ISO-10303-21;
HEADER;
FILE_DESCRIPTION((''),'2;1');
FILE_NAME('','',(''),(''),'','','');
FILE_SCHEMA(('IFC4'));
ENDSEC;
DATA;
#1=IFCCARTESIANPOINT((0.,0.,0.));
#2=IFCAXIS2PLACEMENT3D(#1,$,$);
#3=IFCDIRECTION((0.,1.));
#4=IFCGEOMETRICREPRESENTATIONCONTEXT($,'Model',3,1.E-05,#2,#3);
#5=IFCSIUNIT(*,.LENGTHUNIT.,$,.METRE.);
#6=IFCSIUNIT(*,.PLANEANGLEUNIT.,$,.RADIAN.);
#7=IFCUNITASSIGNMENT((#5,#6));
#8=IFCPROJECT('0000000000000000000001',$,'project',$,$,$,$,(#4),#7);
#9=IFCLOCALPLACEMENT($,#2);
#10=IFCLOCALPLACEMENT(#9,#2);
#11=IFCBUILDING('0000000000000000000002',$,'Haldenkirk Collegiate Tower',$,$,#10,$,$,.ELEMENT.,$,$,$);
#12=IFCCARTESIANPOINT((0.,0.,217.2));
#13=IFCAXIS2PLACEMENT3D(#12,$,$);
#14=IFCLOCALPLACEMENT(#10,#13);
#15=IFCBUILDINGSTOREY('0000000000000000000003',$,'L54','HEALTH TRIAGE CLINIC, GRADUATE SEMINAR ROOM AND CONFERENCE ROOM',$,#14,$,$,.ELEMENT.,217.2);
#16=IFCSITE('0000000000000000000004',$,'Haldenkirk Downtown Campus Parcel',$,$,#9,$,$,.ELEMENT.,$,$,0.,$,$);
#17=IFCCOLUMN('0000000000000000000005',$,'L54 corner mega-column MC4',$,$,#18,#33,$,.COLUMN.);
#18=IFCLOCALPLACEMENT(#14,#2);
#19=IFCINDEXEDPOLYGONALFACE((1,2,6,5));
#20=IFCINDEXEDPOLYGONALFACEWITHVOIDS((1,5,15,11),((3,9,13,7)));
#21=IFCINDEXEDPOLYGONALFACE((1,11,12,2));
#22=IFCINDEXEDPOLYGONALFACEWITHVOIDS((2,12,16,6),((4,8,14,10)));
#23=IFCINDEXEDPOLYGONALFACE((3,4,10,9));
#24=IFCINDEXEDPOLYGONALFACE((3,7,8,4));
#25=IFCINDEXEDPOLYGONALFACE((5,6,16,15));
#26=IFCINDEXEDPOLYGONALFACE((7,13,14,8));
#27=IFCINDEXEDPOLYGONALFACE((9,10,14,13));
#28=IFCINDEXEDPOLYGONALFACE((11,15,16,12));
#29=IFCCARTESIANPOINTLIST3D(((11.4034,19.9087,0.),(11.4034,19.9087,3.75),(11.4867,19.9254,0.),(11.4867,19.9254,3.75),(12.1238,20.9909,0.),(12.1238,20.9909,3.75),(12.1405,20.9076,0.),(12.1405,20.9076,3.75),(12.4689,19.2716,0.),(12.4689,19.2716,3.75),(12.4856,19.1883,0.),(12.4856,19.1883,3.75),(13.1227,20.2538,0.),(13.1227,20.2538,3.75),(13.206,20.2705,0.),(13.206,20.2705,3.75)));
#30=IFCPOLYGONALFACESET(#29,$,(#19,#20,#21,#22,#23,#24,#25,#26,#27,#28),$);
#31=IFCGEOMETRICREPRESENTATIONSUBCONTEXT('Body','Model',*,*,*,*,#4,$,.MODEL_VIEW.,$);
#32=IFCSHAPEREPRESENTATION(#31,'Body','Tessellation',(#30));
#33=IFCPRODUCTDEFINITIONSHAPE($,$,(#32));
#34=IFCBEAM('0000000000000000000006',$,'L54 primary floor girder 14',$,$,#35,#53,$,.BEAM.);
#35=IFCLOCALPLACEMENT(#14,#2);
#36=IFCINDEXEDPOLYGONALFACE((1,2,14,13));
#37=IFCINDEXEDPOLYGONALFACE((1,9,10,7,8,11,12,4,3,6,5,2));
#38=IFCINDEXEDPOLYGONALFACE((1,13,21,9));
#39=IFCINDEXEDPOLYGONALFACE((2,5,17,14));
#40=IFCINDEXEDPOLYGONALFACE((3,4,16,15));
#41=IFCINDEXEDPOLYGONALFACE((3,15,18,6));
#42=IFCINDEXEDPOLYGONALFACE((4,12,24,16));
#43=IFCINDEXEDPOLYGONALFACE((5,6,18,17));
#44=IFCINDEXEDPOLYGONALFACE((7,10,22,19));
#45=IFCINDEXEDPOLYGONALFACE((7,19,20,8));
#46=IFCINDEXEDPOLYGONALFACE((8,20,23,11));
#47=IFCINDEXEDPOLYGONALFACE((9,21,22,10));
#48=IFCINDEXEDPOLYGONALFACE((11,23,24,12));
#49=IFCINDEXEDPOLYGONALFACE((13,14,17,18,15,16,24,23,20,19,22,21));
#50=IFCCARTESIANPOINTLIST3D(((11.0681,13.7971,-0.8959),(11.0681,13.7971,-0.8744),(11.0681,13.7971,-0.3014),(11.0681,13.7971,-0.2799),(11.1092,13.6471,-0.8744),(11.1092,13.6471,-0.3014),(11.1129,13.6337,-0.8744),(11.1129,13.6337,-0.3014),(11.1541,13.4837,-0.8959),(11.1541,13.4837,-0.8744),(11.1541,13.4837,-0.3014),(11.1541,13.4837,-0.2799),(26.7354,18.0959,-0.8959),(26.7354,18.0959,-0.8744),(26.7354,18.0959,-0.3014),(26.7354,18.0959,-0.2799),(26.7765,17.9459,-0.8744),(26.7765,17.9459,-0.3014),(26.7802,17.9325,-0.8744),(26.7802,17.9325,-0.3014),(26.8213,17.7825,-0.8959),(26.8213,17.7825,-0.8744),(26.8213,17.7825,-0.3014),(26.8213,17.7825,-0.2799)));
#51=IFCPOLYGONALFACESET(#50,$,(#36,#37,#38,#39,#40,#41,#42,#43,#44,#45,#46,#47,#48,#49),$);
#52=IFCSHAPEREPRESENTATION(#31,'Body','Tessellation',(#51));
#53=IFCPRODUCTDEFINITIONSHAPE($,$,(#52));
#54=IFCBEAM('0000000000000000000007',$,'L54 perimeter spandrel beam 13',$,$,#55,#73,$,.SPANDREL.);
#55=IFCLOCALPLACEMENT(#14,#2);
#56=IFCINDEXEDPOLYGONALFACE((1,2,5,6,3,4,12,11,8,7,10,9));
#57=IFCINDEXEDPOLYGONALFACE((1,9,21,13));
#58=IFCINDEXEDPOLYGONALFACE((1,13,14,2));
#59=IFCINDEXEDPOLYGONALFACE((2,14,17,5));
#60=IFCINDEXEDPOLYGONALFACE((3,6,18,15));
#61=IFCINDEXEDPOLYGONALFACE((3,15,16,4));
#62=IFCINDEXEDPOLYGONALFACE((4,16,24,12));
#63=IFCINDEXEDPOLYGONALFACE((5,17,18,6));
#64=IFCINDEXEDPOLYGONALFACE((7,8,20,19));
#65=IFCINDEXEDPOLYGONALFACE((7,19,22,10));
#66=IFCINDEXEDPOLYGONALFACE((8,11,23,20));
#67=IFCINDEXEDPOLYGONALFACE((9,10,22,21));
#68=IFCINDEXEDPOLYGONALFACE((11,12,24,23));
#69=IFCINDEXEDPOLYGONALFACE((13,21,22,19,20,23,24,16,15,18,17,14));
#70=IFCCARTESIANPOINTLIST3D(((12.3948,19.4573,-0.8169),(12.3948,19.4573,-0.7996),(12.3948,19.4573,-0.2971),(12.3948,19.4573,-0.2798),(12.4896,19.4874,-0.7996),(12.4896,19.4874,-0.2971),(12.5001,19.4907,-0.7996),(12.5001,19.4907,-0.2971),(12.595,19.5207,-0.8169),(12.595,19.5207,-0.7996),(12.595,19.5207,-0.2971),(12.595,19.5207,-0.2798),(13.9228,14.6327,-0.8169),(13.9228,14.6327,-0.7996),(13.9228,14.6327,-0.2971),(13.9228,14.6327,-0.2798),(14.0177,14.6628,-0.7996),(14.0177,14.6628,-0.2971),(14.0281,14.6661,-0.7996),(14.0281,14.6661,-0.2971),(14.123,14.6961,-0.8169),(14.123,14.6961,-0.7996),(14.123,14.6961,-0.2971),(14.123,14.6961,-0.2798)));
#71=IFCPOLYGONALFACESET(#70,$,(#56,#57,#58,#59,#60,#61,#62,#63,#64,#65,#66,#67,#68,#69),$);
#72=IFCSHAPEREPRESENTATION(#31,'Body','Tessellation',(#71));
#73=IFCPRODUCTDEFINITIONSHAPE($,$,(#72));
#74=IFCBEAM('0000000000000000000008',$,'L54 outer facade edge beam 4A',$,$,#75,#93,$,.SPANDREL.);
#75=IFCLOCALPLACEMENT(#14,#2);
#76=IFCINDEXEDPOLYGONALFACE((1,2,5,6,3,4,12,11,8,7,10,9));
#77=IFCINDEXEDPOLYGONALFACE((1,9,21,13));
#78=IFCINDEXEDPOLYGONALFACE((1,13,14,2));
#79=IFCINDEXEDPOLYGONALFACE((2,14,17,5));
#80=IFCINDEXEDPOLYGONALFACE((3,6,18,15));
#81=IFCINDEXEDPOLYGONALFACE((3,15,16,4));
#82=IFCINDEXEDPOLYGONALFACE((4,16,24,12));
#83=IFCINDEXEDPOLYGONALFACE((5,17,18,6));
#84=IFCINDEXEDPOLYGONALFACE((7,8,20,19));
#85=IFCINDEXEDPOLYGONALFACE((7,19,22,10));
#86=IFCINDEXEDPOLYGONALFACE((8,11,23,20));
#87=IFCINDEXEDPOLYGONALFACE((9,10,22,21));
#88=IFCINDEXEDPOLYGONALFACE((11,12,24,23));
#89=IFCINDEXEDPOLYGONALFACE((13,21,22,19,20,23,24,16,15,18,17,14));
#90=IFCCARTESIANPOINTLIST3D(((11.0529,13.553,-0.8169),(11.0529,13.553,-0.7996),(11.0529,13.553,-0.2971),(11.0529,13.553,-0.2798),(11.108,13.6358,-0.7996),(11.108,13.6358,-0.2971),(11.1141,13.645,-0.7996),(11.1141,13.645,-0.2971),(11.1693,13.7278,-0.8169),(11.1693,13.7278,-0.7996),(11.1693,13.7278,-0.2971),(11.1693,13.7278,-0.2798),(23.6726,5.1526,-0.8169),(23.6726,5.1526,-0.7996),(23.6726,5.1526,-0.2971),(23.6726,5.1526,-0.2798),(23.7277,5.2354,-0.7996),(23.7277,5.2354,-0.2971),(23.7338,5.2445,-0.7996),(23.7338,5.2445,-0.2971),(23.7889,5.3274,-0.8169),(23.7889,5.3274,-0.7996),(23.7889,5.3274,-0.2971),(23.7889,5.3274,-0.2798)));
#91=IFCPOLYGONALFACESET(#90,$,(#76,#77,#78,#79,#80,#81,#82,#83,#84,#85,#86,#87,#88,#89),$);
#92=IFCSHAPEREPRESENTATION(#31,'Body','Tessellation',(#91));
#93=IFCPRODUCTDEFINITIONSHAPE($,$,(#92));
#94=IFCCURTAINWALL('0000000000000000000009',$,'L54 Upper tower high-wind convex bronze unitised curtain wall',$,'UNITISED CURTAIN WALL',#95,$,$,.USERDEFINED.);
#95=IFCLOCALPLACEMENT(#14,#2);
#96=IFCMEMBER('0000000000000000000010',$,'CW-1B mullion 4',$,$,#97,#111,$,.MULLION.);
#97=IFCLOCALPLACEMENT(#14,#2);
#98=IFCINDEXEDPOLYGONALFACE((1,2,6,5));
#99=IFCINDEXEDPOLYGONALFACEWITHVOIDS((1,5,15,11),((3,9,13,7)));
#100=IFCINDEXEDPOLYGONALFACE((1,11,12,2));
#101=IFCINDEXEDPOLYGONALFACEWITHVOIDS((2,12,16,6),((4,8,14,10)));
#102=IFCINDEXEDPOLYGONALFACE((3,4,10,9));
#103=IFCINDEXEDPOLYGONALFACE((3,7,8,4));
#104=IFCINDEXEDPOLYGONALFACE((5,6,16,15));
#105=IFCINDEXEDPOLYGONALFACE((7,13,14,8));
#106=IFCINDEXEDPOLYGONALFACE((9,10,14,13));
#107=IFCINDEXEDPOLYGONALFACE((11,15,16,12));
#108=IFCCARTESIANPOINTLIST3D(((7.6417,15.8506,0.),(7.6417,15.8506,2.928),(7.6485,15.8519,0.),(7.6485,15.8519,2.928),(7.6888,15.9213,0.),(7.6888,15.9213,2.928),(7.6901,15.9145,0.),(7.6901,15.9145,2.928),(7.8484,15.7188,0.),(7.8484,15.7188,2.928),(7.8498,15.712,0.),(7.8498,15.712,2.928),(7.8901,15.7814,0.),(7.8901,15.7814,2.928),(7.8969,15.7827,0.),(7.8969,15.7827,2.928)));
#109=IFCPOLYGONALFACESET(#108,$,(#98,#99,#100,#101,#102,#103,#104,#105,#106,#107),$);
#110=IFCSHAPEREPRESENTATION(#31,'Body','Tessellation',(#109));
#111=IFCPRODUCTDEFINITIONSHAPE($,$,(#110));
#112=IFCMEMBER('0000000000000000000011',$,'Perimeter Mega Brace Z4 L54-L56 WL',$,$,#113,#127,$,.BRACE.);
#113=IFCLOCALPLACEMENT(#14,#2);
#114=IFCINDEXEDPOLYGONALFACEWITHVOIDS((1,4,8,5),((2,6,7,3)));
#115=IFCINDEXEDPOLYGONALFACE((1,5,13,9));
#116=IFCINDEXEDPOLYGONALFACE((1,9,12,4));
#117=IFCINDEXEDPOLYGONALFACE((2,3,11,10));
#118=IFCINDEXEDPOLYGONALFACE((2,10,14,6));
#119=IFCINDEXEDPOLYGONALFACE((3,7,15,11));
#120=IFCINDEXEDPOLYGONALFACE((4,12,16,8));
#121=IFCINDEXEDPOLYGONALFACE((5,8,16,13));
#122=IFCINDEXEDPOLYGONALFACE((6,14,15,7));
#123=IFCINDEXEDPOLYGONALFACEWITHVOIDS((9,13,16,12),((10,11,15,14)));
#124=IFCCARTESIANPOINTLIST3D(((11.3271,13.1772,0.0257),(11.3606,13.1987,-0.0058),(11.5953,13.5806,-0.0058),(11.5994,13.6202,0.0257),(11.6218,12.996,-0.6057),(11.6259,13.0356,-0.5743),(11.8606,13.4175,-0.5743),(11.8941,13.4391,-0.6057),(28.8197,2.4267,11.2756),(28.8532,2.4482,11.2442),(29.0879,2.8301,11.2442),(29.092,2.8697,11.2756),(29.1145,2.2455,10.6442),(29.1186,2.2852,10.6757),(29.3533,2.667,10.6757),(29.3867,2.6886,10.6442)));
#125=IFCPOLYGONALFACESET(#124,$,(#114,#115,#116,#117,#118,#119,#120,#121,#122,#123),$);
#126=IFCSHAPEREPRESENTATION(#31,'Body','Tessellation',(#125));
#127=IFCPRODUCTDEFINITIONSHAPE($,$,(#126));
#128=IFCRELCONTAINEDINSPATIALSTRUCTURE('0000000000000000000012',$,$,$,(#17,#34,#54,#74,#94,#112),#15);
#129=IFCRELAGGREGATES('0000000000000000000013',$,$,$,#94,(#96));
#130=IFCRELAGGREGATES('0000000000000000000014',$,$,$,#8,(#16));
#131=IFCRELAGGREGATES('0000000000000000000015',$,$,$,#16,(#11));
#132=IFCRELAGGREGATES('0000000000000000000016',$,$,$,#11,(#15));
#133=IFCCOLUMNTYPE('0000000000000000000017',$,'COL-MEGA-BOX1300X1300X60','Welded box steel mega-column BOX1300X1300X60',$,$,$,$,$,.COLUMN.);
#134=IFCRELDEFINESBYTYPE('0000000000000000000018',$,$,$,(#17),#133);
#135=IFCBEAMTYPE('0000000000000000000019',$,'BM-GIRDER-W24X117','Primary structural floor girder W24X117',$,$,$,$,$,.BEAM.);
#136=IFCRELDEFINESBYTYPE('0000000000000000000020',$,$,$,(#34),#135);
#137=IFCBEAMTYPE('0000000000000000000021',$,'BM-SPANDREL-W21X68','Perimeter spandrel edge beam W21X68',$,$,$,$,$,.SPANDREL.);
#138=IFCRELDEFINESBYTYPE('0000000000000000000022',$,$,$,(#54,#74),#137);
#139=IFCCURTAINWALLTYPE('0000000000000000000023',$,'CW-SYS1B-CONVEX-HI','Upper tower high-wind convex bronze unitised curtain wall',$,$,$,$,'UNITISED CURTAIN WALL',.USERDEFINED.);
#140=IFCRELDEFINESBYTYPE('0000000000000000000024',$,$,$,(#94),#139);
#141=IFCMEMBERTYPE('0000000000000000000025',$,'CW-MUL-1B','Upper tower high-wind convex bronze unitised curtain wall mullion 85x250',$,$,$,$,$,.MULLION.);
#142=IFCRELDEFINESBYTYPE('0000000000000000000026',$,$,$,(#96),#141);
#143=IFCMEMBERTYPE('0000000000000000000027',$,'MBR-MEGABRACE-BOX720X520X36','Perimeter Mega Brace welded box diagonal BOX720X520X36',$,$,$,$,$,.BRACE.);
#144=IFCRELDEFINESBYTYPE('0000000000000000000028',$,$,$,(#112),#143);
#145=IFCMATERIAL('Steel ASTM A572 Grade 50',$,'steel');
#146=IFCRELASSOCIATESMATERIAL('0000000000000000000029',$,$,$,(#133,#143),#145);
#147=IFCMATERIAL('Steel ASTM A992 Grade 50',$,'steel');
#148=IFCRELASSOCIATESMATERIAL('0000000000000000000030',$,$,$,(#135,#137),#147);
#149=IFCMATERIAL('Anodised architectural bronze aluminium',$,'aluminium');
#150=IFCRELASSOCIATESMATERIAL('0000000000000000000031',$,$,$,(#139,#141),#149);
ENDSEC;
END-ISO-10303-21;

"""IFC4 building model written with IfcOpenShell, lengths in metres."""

from ifc_helpers import new_model, si_unit, direction, frame, origin, origin_2d, place, context, subcontext, project, spatial, hollow_rectangle, i_section, extrude, material, material_profile, profile_set, type_object, element, aggregate, save


model = new_model("IFC4")

# Units and contexts
model_context = context("Model", 3, precision=1e-05, world=origin(), true_north=direction((0.0, 1.0)))
body_context = subcontext(model_context, "Body", "Model", "MODEL_VIEW")
ifc_project = project(units=[si_unit("LENGTHUNIT", "METRE"), si_unit("PLANEANGLEUNIT", "RADIAN")], contexts=[model_context])

# Site, building, storey
site_placement = place(None, origin())
site = spatial("IfcSite", under=ifc_project, at=site_placement, Name="Haldenkirk Downtown Campus Parcel", CompositionType="ELEMENT", RefElevation=0.0)
building_placement = place(site_placement, origin())
building = spatial("IfcBuilding", under=site, at=building_placement, Name="Haldenkirk Collegiate Tower", CompositionType="ELEMENT")
storey_placement = place(building_placement, frame((0.0, 0.0, 217.2)))
storey = spatial("IfcBuildingStorey", under=building, at=storey_placement, Name="L54", Description="HEALTH TRIAGE CLINIC, GRADUATE SEMINAR ROOM AND CONFERENCE ROOM", CompositionType="ELEMENT", Elevation=217.2)

# Column
ifc_material_1 = material(Name="Steel ASTM A572 Grade 50", Category="steel")
ifc_material_profile_1 = material_profile(ifc_material_1, hollow_rectangle(XDim=1.3, YDim=1.3, WallThickness=0.0601, at=origin_2d()), Name="BOX1300X1300X60")
ifc_profile_set_1 = profile_set([ifc_material_profile_1], Name="Steel ASTM A572 Grade 50")
column_type = type_object("IfcColumnType", Name="COL-MEGA-BOX1300X1300X60", Description="Welded box steel mega-column BOX1300X1300X60", PredefinedType="COLUMN", material=ifc_profile_set_1)
column_placement = place(storey_placement, frame((12.3047, 20.0896, 0.0), z_axis=(0.0, 0.0, 1.0), x_axis=(0.554118, 0.832438, 0.0)))
element("IfcColumn", 1, at=column_placement, inside=storey, type_object=column_type, Name="L54 corner mega-column MC4", PredefinedType="COLUMN", context=body_context, shape_type="SweptSolid", body=[
    extrude(hollow_rectangle(XDim=1.3, YDim=1.3, WallThickness=0.0601, at=origin_2d()), origin(), (0.0, 0.0, 1.0), 3.75),
])

# Beams
ifc_material_2 = material(Name="Steel ASTM A992 Grade 50", Category="steel")
ifc_material_profile_2 = material_profile(ifc_material_2, i_section(OverallWidth=0.325, OverallDepth=0.616, WebThickness=0.0139, FlangeThickness=0.0215, at=origin_2d()), Name="W24X117")
ifc_profile_set_2 = profile_set([ifc_material_profile_2], Name="Steel ASTM A992 Grade 50")
beam_type_1 = type_object("IfcBeamType", Name="BM-GIRDER-W24X117", Description="Primary structural floor girder W24X117", PredefinedType="BEAM", material=ifc_profile_set_2)
beam_1_placement = place(storey_placement, frame((11.1111, 13.6404, -0.5879), z_axis=(0.964357, 0.264604, 0.0), x_axis=(-0.264604, 0.964357, 0.0)))
element("IfcBeam", 2, at=beam_1_placement, inside=storey, type_object=beam_type_1, Name="L54 primary floor girder 14", PredefinedType="BEAM", context=body_context, shape_type="SweptSolid", body=[
    extrude(i_section(OverallWidth=0.325, OverallDepth=0.616, WebThickness=0.0139, FlangeThickness=0.0215, at=origin_2d()), origin(), (0.0, 0.0, 1.0), 16.2463),
])
ifc_material_profile_3 = material_profile(ifc_material_2, i_section(OverallWidth=0.21, OverallDepth=0.5371, WebThickness=0.011, FlangeThickness=0.0173, at=origin_2d()), Name="W21X68")
ifc_profile_set_3 = profile_set([ifc_material_profile_3], Name="Steel ASTM A992 Grade 50")
beam_type_2 = type_object("IfcBeamType", Name="BM-SPANDREL-W21X68", Description="Perimeter spandrel edge beam W21X68", PredefinedType="SPANDREL", material=ifc_profile_set_3)
beam_2_placement = place(storey_placement, frame((12.4949, 19.489, -0.5483), z_axis=(0.301937, -0.953328, 0.0), x_axis=(0.953328, 0.301937, 0.0)))
element("IfcBeam", 3, at=beam_2_placement, inside=storey, type_object=beam_type_2, Name="L54 perimeter spandrel beam 13", PredefinedType="SPANDREL", context=body_context, shape_type="SweptSolid", body=[
    extrude(i_section(OverallWidth=0.21, OverallDepth=0.5371, WebThickness=0.011, FlangeThickness=0.0173, at=origin_2d()), origin(), (0.0, 0.0, 1.0), 5.0608),
])
beam_3_placement = place(storey_placement, frame((11.1111, 13.6404, -0.5483), z_axis=(0.832437, -0.55412, 0.0), x_axis=(0.55412, 0.832437, 0.0)))
element("IfcBeam", 4, at=beam_3_placement, inside=storey, type_object=beam_type_2, Name="L54 outer facade edge beam 4A", PredefinedType="SPANDREL", context=body_context, shape_type="SweptSolid", body=[
    extrude(i_section(OverallWidth=0.21, OverallDepth=0.5371, WebThickness=0.011, FlangeThickness=0.0173, at=origin_2d()), origin(), (0.0, 0.0, 1.0), 15.1599),
])

# Curtain wall, member
ifc_material_3 = material(Name="Anodised architectural bronze aluminium", Category="aluminium")
curtain_wall_type = type_object("IfcCurtainWallType", Name="CW-SYS1B-CONVEX-HI", Description="Upper tower high-wind convex bronze unitised curtain wall", ElementType="UNITISED CURTAIN WALL", PredefinedType="USERDEFINED", material=ifc_material_3)
curtain_wall_placement = place(storey_placement, origin())
curtain_wall = element("IfcCurtainWall", 5, at=curtain_wall_placement, inside=storey, type_object=curtain_wall_type, Name="L54 Upper tower high-wind convex bronze unitised curtain wall", ObjectType="UNITISED CURTAIN WALL", PredefinedType="USERDEFINED")
ifc_material_profile_4 = material_profile(ifc_material_3, hollow_rectangle(XDim=0.085, YDim=0.25, WallThickness=0.0049, at=origin_2d()), Name="CW-MUL-1B")
ifc_profile_set_4 = profile_set([ifc_material_profile_4], Name="Anodised architectural bronze aluminium")
member_type_1 = type_object("IfcMemberType", Name="CW-MUL-1B", Description="Upper tower high-wind convex bronze unitised curtain wall mullion 85x250", PredefinedType="MULLION", material=ifc_profile_set_4)
member_1_placement = place(storey_placement, frame((7.7693, 15.8167, 0.0), z_axis=(0.0, 0.0, 1.0), x_axis=(-0.55412, -0.832437, 0.0)))
member_1 = element("IfcMember", 6, at=member_1_placement, type_object=member_type_1, Name="CW-1B mullion 4", PredefinedType="MULLION", context=body_context, shape_type="SweptSolid", body=[
    extrude(hollow_rectangle(XDim=0.085, YDim=0.25, WallThickness=0.0049, at=origin_2d()), origin(), (0.0, 0.0, 1.0), 2.928),
])

# Member
ifc_material_profile_5 = material_profile(ifc_material_1, hollow_rectangle(XDim=0.52, YDim=0.72, WallThickness=0.0359, at=origin_2d()), Name="BOX720X520X36")
ifc_profile_set_5 = profile_set([ifc_material_profile_5], Name="Steel ASTM A572 Grade 50")
member_type_2 = type_object("IfcMemberType", Name="MBR-MEGABRACE-BOX720X520X36", Description="Perimeter Mega Brace welded box diagonal BOX720X520X36", PredefinedType="BRACE", material=ifc_profile_set_5)
member_2_placement = place(storey_placement, frame((11.6106, 13.3081, -0.29), z_axis=(0.747162, -0.459184, 0.48052), x_axis=(0.523594, 0.851968, 0.0)))
element("IfcMember", 7, at=member_2_placement, inside=storey, type_object=member_type_2, Name="Perimeter Mega Brace Z4 L54-L56 WL", PredefinedType="BRACE", context=body_context, shape_type="SweptSolid", body=[
    extrude(hollow_rectangle(XDim=0.52, YDim=0.72, WallThickness=0.0359, at=origin_2d()), origin(), (0.0, 0.0, 1.0), 23.4121),
])

aggregate(curtain_wall, [member_1])

save(model, "model.ifc")
